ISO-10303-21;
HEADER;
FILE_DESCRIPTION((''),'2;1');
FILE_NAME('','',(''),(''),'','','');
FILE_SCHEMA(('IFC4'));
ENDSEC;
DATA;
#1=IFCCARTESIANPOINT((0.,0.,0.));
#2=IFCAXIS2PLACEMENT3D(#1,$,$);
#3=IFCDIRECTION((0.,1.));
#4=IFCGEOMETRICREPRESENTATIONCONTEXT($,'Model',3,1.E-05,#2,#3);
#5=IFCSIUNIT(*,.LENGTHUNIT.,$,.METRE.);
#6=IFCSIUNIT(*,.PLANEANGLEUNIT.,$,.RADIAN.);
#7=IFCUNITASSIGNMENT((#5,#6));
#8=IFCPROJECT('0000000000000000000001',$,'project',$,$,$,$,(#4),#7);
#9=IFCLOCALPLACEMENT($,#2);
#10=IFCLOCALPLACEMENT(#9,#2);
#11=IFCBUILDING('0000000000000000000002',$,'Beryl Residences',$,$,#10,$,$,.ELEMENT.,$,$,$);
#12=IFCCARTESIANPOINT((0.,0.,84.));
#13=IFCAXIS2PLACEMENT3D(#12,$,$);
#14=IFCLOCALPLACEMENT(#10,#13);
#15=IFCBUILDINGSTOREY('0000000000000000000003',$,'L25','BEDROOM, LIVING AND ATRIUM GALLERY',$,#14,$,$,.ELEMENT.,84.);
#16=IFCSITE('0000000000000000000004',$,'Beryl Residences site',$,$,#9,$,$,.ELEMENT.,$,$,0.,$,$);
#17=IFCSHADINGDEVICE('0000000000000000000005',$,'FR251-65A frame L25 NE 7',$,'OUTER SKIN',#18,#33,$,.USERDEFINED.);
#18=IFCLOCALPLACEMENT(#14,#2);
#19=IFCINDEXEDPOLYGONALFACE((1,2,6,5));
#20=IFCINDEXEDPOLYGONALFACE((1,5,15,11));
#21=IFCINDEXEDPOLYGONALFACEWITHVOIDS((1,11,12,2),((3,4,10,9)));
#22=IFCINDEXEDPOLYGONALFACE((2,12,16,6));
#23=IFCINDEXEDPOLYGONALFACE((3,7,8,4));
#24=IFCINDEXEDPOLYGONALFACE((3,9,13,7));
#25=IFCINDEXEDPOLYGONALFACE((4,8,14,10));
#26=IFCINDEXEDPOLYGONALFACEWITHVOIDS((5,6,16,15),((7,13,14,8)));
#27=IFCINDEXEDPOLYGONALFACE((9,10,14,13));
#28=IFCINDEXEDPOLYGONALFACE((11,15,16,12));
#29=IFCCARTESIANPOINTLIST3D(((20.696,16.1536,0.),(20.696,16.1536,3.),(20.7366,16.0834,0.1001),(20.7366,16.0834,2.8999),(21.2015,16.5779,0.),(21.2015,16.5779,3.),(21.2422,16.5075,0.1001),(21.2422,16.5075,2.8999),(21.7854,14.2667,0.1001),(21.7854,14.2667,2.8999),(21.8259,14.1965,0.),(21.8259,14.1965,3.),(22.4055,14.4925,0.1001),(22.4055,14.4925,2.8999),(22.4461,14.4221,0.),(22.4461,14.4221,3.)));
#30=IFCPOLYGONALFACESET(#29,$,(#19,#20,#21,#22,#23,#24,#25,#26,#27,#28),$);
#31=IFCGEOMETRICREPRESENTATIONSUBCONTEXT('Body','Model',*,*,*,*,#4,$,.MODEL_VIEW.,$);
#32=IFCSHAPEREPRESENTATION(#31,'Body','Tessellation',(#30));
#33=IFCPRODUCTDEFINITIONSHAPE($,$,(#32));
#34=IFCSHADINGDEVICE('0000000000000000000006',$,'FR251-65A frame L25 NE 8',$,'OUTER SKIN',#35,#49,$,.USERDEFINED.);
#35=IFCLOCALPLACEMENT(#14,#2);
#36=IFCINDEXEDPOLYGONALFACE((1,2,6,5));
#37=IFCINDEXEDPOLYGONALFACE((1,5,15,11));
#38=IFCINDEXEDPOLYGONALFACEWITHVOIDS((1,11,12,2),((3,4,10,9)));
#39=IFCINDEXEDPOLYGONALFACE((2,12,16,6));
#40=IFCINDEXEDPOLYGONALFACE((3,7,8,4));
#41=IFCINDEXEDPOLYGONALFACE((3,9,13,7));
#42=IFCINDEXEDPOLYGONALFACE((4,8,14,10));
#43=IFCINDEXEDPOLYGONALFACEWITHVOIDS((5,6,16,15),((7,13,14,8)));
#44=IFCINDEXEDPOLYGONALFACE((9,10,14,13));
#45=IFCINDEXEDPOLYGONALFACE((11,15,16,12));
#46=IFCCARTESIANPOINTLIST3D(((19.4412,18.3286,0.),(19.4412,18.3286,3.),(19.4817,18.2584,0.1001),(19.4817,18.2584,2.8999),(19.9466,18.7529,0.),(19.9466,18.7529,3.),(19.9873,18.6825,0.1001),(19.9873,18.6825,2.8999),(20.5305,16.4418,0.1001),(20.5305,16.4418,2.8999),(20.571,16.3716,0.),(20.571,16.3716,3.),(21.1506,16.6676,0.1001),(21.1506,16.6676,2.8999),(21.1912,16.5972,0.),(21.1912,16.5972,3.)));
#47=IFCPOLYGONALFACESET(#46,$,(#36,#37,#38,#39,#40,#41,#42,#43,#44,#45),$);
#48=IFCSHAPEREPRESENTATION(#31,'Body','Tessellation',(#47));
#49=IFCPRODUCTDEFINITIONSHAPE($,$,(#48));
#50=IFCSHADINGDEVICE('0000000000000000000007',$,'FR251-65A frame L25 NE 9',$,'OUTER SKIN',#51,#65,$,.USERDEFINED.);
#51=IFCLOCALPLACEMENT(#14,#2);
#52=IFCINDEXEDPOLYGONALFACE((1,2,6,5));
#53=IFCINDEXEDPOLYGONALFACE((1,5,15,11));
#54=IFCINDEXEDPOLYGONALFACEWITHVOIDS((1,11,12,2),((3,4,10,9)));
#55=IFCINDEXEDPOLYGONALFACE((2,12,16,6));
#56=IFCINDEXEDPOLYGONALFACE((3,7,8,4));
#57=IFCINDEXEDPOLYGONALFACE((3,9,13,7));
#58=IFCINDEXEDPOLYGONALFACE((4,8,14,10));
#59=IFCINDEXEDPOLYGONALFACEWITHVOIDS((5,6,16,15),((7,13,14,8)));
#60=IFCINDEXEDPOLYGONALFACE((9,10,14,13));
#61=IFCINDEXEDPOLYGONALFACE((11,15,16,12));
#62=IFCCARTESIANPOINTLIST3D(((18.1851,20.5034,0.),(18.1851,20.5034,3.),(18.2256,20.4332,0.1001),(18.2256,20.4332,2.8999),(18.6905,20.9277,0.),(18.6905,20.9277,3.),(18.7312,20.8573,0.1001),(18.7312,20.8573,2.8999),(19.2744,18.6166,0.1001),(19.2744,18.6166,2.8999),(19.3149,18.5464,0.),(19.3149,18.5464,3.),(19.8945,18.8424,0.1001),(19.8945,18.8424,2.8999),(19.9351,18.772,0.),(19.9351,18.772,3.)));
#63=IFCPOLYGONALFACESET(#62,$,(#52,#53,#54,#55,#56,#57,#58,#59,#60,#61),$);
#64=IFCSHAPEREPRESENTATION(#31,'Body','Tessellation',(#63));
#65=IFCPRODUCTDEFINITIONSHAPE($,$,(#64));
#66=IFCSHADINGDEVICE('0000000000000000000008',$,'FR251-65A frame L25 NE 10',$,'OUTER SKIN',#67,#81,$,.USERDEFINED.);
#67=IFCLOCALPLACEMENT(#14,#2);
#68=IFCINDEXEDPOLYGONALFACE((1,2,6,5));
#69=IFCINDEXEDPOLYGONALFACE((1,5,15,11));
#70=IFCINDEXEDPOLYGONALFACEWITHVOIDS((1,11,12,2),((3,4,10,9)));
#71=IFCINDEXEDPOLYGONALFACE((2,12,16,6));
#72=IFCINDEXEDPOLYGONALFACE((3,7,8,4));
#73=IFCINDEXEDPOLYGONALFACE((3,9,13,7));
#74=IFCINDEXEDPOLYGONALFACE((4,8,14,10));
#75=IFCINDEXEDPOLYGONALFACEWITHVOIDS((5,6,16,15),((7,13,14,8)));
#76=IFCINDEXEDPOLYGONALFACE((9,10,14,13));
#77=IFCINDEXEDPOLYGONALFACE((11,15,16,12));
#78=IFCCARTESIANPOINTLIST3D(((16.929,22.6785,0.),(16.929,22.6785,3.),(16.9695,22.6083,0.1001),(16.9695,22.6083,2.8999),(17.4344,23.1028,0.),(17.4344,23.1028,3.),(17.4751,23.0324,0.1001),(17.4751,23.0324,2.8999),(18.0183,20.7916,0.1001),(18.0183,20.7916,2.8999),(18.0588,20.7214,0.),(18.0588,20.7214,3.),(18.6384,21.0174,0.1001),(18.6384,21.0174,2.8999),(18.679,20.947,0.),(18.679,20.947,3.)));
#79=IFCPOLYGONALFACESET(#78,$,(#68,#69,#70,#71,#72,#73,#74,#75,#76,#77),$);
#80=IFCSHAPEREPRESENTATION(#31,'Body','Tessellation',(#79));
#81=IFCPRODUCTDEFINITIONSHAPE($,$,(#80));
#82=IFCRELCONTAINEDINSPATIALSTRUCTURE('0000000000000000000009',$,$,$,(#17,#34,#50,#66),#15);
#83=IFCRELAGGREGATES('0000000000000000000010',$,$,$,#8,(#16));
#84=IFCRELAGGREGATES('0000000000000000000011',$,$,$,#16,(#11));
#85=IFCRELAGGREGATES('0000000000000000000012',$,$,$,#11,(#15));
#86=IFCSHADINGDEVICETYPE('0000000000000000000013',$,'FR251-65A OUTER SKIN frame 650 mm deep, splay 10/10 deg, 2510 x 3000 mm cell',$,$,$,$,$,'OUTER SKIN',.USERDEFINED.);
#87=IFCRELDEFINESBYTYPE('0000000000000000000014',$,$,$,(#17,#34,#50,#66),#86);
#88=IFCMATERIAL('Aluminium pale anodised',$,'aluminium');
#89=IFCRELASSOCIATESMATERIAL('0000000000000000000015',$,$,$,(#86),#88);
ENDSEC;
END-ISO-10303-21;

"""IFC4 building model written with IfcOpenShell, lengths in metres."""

from ifc_helpers import new_model, entity, si_unit, direction, frame, origin, place, context, subcontext, project, spatial, source, transform, mapped, material, type_object, type_shapes, element, save


model = new_model("IFC4")

# Units and contexts
model_context = context("Model", 3, precision=1e-05, world=origin(), true_north=direction((0.0, 1.0)))
body_context = subcontext(model_context, "Body", "Model", "MODEL_VIEW")
ifc_project = project(units=[si_unit("LENGTHUNIT", "METRE"), si_unit("PLANEANGLEUNIT", "RADIAN")], contexts=[model_context])

# Site, building, storey
site_placement = place(None, origin())
site = spatial("IfcSite", under=ifc_project, at=site_placement, Name="Beryl Residences site", CompositionType="ELEMENT", RefElevation=0.0)
building_placement = place(site_placement, origin())
building = spatial("IfcBuilding", under=site, at=building_placement, Name="Beryl Residences", CompositionType="ELEMENT")
storey_placement = place(building_placement, frame((0.0, 0.0, 84.0)))
storey = spatial("IfcBuildingStorey", under=building, at=storey_placement, Name="L25", Description="BEDROOM, LIVING AND ATRIUM GALLERY", CompositionType="ELEMENT", Elevation=84.0)

# Shading devices
ifc_material_1 = material(Name="Aluminium pale anodised", Category="aluminium")
shading_device_type_1 = type_object("IfcShadingDeviceType", Name="FR251-65A OUTER SKIN frame 650 mm deep, splay 10/10 deg, 2510 x 3000 mm cell", ElementType="OUTER SKIN", PredefinedType="USERDEFINED", material=ifc_material_1)
cartesian_point_1 = entity("IfcCartesianPoint", [-1.1299, 0.0])
cartesian_point_2 = entity("IfcCartesianPoint", [-1.0488, 0.1001])
cartesian_point_3 = entity("IfcCartesianPoint", [-1.2446, 0.0])
cartesian_point_4 = entity("IfcCartesianPoint", [-1.1633, 0.1001])
shared_shape_1 = source(origin(), body_context, "Body", "SweptSolid", [
    entity("IfcExtrudedAreaSolidTapered", entity("IfcArbitraryProfileDefWithVoids", "AREA", None, entity("IfcPolyline", [cartesian_point_1, entity("IfcCartesianPoint", [1.1299, 0.0]), entity("IfcCartesianPoint", [1.1299, 3.0]), entity("IfcCartesianPoint", [-1.1299, 3.0]), cartesian_point_1]), [entity("IfcPolyline", [cartesian_point_2, entity("IfcCartesianPoint", [1.0488, 0.1001]), entity("IfcCartesianPoint", [1.0488, 2.8999]), entity("IfcCartesianPoint", [-1.0488, 2.8999]), cartesian_point_2])]), entity("IfcAxis2Placement3D", entity("IfcCartesianPoint", [0.0, 0.0, 0.0]), entity("IfcDirection", [0.0, 1.0, 0.0]), entity("IfcDirection", [-1.0, 0.0, 0.0])), entity("IfcDirection", [0.0, 0.0, 1.0]), 0.6499, entity("IfcArbitraryProfileDefWithVoids", "AREA", None, entity("IfcPolyline", [cartesian_point_3, entity("IfcCartesianPoint", [1.2446, 0.0]), entity("IfcCartesianPoint", [1.2446, 3.0]), entity("IfcCartesianPoint", [-1.2446, 3.0]), cartesian_point_3]), [entity("IfcPolyline", [cartesian_point_4, entity("IfcCartesianPoint", [1.1633, 0.1001]), entity("IfcCartesianPoint", [1.1633, 2.8999]), entity("IfcCartesianPoint", [-1.1633, 2.8999]), cartesian_point_4])])),
])
type_shapes(shading_device_type_1, [shared_shape_1])
for number, where, z_axis, x_axis, name in (
    (1, (21.261, 15.175, 0.0), (0.0, 0.0, 1.0), (0.5, -0.866025, 0.0), "FR251-65A frame L25 NE 7"),
    (2, (20.0061, 17.3501, 0.0), (0.0, 0.0, 1.0), (0.5, -0.866025, 0.0), "FR251-65A frame L25 NE 8"),
    (3, (18.75, 19.5249, 0.0), (0.0, 0.0, 1.0), (0.5, -0.866025, 0.0), "FR251-65A frame L25 NE 9"),
    (4, (17.4939, 21.7, 0.0), (0.0, 0.0, 1.0), (0.5, -0.866025, 0.0), "FR251-65A frame L25 NE 10"),
):
    element("IfcShadingDevice", number, at=place(storey_placement, frame(where, z_axis=z_axis, x_axis=x_axis)), inside=storey, type_object=shading_device_type_1, Name=name, ObjectType="OUTER SKIN", PredefinedType="USERDEFINED", context=body_context, shape_type="MappedRepresentation", body=[
        mapped(shared_shape_1, transform((0.0, 0.0, 0.0))),
    ])

save(model, "model.ifc")
